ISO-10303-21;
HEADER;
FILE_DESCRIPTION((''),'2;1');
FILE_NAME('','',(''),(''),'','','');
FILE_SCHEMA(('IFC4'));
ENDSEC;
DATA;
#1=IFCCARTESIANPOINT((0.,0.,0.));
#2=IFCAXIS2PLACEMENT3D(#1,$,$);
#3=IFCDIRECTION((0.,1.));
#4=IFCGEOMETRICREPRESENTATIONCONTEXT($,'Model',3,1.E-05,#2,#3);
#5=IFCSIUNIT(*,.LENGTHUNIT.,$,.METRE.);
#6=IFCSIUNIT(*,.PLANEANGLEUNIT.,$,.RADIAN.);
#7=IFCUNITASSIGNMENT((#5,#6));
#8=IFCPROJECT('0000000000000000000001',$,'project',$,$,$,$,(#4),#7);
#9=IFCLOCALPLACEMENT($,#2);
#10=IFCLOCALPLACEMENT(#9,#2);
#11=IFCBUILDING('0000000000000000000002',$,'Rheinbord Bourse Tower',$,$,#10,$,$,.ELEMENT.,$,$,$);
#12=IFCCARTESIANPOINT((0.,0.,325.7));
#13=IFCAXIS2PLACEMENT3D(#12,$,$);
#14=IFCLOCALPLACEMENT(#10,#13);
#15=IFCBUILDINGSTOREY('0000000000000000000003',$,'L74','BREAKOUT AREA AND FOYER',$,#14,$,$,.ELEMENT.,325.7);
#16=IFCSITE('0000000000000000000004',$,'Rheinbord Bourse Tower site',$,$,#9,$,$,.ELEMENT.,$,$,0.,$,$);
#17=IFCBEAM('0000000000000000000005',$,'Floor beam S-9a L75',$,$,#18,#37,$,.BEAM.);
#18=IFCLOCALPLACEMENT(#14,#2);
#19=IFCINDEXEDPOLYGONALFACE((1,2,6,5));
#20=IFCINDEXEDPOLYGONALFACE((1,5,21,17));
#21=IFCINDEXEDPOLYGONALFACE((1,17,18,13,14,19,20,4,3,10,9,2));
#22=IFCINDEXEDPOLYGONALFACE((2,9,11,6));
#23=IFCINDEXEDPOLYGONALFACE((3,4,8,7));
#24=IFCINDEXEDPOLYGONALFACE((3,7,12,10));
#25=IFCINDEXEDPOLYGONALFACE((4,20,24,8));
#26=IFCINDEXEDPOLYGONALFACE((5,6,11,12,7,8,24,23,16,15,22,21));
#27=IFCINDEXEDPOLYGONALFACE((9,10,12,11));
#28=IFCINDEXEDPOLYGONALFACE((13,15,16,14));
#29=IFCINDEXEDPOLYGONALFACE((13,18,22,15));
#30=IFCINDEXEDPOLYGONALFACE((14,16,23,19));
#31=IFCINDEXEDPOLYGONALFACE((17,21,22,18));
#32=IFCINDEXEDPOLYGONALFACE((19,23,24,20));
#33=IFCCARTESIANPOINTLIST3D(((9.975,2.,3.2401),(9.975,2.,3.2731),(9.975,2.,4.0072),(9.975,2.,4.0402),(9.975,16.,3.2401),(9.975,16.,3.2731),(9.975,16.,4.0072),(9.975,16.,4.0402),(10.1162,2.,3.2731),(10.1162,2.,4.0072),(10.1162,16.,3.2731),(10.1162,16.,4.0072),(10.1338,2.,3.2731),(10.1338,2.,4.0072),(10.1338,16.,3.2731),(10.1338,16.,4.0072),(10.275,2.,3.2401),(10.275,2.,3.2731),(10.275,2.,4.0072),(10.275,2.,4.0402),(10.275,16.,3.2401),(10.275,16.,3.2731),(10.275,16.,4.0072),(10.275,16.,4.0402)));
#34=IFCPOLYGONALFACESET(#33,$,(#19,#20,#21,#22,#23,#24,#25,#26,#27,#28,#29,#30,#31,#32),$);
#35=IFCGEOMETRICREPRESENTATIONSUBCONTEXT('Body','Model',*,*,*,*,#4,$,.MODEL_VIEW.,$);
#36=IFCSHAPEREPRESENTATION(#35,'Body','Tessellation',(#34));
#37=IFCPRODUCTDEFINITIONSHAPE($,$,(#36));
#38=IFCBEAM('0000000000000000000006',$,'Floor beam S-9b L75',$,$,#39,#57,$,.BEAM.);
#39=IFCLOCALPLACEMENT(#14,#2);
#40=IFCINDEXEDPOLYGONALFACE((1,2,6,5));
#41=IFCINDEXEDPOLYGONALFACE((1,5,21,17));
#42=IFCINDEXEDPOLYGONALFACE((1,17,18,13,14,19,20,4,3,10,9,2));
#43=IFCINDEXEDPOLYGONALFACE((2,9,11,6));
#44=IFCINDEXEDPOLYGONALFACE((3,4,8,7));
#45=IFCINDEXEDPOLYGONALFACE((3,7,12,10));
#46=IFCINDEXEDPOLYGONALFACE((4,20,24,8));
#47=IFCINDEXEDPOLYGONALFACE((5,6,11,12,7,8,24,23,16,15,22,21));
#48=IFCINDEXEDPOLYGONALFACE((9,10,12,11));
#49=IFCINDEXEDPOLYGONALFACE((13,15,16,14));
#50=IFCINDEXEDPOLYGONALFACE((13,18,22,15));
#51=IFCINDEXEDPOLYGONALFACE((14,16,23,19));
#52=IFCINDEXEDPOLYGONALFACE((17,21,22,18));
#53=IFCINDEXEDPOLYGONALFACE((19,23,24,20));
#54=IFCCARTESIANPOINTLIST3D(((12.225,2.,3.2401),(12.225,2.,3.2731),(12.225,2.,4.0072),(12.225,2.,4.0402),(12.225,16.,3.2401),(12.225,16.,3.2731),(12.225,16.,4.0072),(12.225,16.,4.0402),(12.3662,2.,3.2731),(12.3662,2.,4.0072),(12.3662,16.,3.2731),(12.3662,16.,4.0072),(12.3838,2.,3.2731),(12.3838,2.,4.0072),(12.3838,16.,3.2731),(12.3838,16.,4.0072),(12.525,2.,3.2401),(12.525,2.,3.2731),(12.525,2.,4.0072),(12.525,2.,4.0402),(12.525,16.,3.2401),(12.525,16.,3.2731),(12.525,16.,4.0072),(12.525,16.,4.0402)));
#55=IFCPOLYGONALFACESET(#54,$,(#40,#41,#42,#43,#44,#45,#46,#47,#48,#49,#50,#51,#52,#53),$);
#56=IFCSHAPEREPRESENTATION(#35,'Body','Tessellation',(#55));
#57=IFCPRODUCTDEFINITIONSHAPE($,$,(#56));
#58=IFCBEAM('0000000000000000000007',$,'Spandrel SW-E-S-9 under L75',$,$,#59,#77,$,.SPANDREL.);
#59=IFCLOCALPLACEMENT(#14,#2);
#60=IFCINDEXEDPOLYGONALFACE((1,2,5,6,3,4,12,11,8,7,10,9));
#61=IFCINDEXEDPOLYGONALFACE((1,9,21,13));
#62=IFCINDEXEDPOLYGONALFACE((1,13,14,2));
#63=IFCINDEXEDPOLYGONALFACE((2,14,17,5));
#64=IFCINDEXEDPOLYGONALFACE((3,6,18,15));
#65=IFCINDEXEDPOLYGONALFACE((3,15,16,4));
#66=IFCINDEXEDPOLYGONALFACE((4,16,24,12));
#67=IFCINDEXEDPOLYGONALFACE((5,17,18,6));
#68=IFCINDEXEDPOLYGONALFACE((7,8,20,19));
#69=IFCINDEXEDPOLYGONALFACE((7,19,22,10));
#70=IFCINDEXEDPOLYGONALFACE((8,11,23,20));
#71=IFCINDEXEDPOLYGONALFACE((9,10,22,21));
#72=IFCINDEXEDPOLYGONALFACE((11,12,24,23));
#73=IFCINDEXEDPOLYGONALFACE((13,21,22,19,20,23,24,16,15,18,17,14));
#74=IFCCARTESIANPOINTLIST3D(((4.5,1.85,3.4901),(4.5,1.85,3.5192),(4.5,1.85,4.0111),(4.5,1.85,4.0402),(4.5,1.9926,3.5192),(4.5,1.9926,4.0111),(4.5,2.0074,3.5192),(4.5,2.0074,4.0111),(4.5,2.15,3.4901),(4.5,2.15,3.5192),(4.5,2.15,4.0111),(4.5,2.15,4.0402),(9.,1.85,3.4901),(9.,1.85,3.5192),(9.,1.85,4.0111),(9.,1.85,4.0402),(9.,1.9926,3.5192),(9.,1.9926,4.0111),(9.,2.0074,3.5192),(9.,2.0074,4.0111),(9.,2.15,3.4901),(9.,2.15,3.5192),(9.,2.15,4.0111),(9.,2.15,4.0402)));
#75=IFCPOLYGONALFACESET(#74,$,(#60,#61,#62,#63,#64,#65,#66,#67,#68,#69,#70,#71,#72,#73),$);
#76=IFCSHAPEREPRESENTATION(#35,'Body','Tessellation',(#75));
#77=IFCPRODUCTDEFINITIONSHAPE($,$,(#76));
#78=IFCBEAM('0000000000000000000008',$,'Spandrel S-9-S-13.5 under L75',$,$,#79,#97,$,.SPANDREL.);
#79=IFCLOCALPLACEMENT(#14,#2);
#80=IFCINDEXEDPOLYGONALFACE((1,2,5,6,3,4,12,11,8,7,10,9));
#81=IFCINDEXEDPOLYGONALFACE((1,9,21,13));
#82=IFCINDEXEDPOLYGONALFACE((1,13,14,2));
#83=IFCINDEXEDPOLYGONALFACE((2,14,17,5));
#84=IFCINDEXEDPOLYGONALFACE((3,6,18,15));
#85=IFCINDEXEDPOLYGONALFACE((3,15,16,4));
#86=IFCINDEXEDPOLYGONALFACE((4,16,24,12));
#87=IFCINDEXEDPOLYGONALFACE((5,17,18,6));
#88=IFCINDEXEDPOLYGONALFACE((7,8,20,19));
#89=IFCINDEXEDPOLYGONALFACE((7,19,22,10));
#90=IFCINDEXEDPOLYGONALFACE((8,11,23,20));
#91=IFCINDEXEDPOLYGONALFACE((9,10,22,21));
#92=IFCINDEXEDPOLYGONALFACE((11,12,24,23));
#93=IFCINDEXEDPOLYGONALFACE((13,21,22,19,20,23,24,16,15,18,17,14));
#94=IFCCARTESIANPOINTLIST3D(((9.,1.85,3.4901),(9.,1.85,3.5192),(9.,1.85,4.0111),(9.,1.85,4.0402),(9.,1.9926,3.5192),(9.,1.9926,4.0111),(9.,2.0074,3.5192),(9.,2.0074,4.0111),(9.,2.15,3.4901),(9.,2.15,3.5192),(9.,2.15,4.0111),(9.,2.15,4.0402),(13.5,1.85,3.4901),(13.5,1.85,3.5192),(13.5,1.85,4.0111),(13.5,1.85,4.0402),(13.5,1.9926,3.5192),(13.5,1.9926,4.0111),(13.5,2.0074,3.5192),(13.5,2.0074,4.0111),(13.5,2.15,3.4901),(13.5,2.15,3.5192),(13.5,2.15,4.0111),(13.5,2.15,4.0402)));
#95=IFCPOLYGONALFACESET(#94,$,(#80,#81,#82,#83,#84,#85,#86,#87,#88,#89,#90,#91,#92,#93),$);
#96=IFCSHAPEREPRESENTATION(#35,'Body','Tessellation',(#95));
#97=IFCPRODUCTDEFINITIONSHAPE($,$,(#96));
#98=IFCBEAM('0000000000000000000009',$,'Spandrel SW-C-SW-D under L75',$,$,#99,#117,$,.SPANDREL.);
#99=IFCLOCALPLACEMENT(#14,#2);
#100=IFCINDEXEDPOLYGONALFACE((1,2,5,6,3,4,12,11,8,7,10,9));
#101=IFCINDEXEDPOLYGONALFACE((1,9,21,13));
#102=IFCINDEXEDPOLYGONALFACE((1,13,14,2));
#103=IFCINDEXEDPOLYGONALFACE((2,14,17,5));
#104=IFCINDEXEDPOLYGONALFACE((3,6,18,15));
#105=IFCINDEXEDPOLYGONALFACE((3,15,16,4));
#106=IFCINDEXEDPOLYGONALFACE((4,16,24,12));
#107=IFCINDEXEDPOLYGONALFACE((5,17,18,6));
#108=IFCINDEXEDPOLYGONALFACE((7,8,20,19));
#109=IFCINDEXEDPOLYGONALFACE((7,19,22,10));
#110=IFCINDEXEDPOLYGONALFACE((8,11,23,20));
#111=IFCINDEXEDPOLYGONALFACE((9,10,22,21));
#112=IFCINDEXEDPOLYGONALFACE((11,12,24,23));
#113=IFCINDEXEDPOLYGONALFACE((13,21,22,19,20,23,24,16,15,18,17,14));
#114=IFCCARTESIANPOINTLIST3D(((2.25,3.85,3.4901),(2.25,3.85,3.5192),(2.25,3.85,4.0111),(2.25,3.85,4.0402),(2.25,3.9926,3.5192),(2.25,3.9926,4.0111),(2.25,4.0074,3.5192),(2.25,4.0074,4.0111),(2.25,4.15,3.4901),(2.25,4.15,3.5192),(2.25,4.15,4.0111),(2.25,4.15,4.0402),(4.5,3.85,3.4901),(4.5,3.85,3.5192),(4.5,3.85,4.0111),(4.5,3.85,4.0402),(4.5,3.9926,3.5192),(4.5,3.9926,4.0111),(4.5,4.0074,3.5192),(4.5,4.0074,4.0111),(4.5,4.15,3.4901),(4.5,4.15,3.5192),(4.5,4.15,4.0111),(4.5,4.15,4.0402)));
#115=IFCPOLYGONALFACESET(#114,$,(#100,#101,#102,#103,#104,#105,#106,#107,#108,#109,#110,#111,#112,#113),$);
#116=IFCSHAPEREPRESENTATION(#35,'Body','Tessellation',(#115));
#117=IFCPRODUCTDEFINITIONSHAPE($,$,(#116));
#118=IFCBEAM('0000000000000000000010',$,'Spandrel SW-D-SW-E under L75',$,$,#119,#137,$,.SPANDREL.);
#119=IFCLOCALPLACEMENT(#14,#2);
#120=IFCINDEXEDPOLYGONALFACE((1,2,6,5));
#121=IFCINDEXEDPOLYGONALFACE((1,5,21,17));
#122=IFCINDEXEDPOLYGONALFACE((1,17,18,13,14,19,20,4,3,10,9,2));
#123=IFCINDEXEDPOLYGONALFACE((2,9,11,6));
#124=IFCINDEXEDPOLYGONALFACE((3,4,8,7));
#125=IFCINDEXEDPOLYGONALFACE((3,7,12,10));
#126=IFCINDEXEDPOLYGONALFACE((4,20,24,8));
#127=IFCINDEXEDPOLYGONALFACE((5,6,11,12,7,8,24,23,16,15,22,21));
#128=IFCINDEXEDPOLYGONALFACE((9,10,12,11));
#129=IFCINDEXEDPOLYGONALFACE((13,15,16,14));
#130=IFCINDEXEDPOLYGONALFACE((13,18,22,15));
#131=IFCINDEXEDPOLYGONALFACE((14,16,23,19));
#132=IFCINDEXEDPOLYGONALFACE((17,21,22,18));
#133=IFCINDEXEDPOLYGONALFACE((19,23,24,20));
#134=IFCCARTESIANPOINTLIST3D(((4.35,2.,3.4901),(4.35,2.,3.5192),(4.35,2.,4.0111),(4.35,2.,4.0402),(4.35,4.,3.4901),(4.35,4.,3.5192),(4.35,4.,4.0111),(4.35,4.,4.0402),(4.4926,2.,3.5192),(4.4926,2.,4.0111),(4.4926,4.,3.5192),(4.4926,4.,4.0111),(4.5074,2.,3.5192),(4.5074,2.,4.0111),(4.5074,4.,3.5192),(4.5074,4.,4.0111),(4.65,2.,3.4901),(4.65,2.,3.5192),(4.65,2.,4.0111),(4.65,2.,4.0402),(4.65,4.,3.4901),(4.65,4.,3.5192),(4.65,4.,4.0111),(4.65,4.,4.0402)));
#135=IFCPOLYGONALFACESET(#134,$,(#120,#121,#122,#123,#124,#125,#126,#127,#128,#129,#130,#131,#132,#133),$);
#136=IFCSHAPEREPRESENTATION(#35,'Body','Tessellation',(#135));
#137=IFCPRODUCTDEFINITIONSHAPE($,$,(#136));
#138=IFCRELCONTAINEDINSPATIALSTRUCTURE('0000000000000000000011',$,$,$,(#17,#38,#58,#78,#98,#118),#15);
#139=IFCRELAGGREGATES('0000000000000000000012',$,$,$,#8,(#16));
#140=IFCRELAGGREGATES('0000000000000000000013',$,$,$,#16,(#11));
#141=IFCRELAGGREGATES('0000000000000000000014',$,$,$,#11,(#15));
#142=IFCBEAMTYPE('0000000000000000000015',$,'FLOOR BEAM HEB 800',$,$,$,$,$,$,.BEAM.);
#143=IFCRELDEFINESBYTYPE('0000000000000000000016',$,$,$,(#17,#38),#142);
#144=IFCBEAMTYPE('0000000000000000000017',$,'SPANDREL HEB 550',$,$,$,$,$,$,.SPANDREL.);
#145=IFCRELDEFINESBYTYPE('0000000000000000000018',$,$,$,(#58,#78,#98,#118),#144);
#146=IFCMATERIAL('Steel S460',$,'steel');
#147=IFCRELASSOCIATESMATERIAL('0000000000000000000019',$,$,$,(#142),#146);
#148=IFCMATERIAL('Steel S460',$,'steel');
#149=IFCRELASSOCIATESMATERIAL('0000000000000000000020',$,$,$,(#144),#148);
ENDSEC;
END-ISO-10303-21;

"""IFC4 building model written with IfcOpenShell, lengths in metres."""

from ifc_helpers import new_model, si_unit, direction, frame, origin, origin_2d, place, context, subcontext, project, spatial, i_section, extrude, material, material_profile, profile_set, type_object, element, save


model = new_model("IFC4")

# Units and contexts
model_context = context("Model", 3, precision=1e-05, world=origin(), true_north=direction((0.0, 1.0)))
body_context = subcontext(model_context, "Body", "Model", "MODEL_VIEW")
ifc_project = project(units=[si_unit("LENGTHUNIT", "METRE"), si_unit("PLANEANGLEUNIT", "RADIAN")], contexts=[model_context])

# Site, building, storey
site_placement = place(None, origin())
site = spatial("IfcSite", under=ifc_project, at=site_placement, Name="Rheinbord Bourse Tower site", CompositionType="ELEMENT", RefElevation=0.0)
building_placement = place(site_placement, origin())
building = spatial("IfcBuilding", under=site, at=building_placement, Name="Rheinbord Bourse Tower", CompositionType="ELEMENT")
storey_placement = place(building_placement, frame((0.0, 0.0, 325.7)))
storey = spatial("IfcBuildingStorey", under=building, at=storey_placement, Name="L74", Description="BREAKOUT AREA AND FOYER", CompositionType="ELEMENT", Elevation=325.7)

# Beams
ifc_material_1 = material(Name="Steel S460", Category="steel")
ifc_material_profile_1 = material_profile(ifc_material_1, i_section(OverallWidth=0.3, OverallDepth=0.8, WebThickness=0.0176, FlangeThickness=0.033, at=origin_2d()), Name="HEB 800")
ifc_profile_set_1 = profile_set([ifc_material_profile_1], Name="Steel S460")
beam_type_1 = type_object("IfcBeamType", Name="FLOOR BEAM HEB 800", PredefinedType="BEAM", material=ifc_profile_set_1)
for number, where, z_axis, x_axis, name in (
    (1, (10.125, 2.0, 3.6401), (0.0, 1.0, 0.0), (-1.0, 0.0, 0.0), "Floor beam S-9a L75"),
    (2, (12.375, 2.0, 3.6401), (0.0, 1.0, 0.0), (-1.0, 0.0, 0.0), "Floor beam S-9b L75"),
):
    element("IfcBeam", number, at=place(storey_placement, frame(where, z_axis=z_axis, x_axis=x_axis)), inside=storey, type_object=beam_type_1, Name=name, PredefinedType="BEAM", context=body_context, shape_type="SweptSolid", body=[
        extrude(i_section(OverallWidth=0.3, OverallDepth=0.8, WebThickness=0.0176, FlangeThickness=0.033, at=origin_2d()), origin(), (0.0, 0.0, 1.0), 14.0),
    ])
ifc_material_2 = material(Name="Steel S460", Category="steel")
ifc_material_profile_2 = material_profile(ifc_material_2, i_section(OverallWidth=0.3, OverallDepth=0.55, WebThickness=0.0149, FlangeThickness=0.0291, at=origin_2d()), Name="HEB 550")
ifc_profile_set_2 = profile_set([ifc_material_profile_2], Name="Steel S460")
beam_type_2 = type_object("IfcBeamType", Name="SPANDREL HEB 550", PredefinedType="SPANDREL", material=ifc_profile_set_2)
for number, where, z_axis, x_axis, name in (
    (3, (4.5, 2.0, 3.7651), (1.0, 0.0, 0.0), (0.0, 1.0, 0.0), "Spandrel SW-E-S-9 under L75"),
    (4, (9.0, 2.0, 3.7651), (1.0, 0.0, 0.0), (0.0, 1.0, 0.0), "Spandrel S-9-S-13.5 under L75"),
):
    element("IfcBeam", number, at=place(storey_placement, frame(where, z_axis=z_axis, x_axis=x_axis)), inside=storey, type_object=beam_type_2, Name=name, PredefinedType="SPANDREL", context=body_context, shape_type="SweptSolid", body=[
        extrude(i_section(OverallWidth=0.3, OverallDepth=0.55, WebThickness=0.0149, FlangeThickness=0.0291, at=origin_2d()), origin(), (0.0, 0.0, 1.0), 4.5),
    ])
beam_1_placement = place(storey_placement, frame((2.25, 4.0, 3.7651), z_axis=(1.0, 0.0, 0.0), x_axis=(0.0, 1.0, 0.0)))
element("IfcBeam", 5, at=beam_1_placement, inside=storey, type_object=beam_type_2, Name="Spandrel SW-C-SW-D under L75", PredefinedType="SPANDREL", context=body_context, shape_type="SweptSolid", body=[
    extrude(i_section(OverallWidth=0.3, OverallDepth=0.55, WebThickness=0.0149, FlangeThickness=0.0291, at=origin_2d()), origin(), (0.0, 0.0, 1.0), 2.25),
])
beam_2_placement = place(storey_placement, frame((4.5, 4.0, 3.7651), z_axis=(0.0, -1.0, 0.0), x_axis=(1.0, 0.0, 0.0)))
element("IfcBeam", 6, at=beam_2_placement, inside=storey, type_object=beam_type_2, Name="Spandrel SW-D-SW-E under L75", PredefinedType="SPANDREL", context=body_context, shape_type="SweptSolid", body=[
    extrude(i_section(OverallWidth=0.3, OverallDepth=0.55, WebThickness=0.0149, FlangeThickness=0.0291, at=origin_2d()), origin(), (0.0, 0.0, 1.0), 2.0),
])

save(model, "model.ifc")
